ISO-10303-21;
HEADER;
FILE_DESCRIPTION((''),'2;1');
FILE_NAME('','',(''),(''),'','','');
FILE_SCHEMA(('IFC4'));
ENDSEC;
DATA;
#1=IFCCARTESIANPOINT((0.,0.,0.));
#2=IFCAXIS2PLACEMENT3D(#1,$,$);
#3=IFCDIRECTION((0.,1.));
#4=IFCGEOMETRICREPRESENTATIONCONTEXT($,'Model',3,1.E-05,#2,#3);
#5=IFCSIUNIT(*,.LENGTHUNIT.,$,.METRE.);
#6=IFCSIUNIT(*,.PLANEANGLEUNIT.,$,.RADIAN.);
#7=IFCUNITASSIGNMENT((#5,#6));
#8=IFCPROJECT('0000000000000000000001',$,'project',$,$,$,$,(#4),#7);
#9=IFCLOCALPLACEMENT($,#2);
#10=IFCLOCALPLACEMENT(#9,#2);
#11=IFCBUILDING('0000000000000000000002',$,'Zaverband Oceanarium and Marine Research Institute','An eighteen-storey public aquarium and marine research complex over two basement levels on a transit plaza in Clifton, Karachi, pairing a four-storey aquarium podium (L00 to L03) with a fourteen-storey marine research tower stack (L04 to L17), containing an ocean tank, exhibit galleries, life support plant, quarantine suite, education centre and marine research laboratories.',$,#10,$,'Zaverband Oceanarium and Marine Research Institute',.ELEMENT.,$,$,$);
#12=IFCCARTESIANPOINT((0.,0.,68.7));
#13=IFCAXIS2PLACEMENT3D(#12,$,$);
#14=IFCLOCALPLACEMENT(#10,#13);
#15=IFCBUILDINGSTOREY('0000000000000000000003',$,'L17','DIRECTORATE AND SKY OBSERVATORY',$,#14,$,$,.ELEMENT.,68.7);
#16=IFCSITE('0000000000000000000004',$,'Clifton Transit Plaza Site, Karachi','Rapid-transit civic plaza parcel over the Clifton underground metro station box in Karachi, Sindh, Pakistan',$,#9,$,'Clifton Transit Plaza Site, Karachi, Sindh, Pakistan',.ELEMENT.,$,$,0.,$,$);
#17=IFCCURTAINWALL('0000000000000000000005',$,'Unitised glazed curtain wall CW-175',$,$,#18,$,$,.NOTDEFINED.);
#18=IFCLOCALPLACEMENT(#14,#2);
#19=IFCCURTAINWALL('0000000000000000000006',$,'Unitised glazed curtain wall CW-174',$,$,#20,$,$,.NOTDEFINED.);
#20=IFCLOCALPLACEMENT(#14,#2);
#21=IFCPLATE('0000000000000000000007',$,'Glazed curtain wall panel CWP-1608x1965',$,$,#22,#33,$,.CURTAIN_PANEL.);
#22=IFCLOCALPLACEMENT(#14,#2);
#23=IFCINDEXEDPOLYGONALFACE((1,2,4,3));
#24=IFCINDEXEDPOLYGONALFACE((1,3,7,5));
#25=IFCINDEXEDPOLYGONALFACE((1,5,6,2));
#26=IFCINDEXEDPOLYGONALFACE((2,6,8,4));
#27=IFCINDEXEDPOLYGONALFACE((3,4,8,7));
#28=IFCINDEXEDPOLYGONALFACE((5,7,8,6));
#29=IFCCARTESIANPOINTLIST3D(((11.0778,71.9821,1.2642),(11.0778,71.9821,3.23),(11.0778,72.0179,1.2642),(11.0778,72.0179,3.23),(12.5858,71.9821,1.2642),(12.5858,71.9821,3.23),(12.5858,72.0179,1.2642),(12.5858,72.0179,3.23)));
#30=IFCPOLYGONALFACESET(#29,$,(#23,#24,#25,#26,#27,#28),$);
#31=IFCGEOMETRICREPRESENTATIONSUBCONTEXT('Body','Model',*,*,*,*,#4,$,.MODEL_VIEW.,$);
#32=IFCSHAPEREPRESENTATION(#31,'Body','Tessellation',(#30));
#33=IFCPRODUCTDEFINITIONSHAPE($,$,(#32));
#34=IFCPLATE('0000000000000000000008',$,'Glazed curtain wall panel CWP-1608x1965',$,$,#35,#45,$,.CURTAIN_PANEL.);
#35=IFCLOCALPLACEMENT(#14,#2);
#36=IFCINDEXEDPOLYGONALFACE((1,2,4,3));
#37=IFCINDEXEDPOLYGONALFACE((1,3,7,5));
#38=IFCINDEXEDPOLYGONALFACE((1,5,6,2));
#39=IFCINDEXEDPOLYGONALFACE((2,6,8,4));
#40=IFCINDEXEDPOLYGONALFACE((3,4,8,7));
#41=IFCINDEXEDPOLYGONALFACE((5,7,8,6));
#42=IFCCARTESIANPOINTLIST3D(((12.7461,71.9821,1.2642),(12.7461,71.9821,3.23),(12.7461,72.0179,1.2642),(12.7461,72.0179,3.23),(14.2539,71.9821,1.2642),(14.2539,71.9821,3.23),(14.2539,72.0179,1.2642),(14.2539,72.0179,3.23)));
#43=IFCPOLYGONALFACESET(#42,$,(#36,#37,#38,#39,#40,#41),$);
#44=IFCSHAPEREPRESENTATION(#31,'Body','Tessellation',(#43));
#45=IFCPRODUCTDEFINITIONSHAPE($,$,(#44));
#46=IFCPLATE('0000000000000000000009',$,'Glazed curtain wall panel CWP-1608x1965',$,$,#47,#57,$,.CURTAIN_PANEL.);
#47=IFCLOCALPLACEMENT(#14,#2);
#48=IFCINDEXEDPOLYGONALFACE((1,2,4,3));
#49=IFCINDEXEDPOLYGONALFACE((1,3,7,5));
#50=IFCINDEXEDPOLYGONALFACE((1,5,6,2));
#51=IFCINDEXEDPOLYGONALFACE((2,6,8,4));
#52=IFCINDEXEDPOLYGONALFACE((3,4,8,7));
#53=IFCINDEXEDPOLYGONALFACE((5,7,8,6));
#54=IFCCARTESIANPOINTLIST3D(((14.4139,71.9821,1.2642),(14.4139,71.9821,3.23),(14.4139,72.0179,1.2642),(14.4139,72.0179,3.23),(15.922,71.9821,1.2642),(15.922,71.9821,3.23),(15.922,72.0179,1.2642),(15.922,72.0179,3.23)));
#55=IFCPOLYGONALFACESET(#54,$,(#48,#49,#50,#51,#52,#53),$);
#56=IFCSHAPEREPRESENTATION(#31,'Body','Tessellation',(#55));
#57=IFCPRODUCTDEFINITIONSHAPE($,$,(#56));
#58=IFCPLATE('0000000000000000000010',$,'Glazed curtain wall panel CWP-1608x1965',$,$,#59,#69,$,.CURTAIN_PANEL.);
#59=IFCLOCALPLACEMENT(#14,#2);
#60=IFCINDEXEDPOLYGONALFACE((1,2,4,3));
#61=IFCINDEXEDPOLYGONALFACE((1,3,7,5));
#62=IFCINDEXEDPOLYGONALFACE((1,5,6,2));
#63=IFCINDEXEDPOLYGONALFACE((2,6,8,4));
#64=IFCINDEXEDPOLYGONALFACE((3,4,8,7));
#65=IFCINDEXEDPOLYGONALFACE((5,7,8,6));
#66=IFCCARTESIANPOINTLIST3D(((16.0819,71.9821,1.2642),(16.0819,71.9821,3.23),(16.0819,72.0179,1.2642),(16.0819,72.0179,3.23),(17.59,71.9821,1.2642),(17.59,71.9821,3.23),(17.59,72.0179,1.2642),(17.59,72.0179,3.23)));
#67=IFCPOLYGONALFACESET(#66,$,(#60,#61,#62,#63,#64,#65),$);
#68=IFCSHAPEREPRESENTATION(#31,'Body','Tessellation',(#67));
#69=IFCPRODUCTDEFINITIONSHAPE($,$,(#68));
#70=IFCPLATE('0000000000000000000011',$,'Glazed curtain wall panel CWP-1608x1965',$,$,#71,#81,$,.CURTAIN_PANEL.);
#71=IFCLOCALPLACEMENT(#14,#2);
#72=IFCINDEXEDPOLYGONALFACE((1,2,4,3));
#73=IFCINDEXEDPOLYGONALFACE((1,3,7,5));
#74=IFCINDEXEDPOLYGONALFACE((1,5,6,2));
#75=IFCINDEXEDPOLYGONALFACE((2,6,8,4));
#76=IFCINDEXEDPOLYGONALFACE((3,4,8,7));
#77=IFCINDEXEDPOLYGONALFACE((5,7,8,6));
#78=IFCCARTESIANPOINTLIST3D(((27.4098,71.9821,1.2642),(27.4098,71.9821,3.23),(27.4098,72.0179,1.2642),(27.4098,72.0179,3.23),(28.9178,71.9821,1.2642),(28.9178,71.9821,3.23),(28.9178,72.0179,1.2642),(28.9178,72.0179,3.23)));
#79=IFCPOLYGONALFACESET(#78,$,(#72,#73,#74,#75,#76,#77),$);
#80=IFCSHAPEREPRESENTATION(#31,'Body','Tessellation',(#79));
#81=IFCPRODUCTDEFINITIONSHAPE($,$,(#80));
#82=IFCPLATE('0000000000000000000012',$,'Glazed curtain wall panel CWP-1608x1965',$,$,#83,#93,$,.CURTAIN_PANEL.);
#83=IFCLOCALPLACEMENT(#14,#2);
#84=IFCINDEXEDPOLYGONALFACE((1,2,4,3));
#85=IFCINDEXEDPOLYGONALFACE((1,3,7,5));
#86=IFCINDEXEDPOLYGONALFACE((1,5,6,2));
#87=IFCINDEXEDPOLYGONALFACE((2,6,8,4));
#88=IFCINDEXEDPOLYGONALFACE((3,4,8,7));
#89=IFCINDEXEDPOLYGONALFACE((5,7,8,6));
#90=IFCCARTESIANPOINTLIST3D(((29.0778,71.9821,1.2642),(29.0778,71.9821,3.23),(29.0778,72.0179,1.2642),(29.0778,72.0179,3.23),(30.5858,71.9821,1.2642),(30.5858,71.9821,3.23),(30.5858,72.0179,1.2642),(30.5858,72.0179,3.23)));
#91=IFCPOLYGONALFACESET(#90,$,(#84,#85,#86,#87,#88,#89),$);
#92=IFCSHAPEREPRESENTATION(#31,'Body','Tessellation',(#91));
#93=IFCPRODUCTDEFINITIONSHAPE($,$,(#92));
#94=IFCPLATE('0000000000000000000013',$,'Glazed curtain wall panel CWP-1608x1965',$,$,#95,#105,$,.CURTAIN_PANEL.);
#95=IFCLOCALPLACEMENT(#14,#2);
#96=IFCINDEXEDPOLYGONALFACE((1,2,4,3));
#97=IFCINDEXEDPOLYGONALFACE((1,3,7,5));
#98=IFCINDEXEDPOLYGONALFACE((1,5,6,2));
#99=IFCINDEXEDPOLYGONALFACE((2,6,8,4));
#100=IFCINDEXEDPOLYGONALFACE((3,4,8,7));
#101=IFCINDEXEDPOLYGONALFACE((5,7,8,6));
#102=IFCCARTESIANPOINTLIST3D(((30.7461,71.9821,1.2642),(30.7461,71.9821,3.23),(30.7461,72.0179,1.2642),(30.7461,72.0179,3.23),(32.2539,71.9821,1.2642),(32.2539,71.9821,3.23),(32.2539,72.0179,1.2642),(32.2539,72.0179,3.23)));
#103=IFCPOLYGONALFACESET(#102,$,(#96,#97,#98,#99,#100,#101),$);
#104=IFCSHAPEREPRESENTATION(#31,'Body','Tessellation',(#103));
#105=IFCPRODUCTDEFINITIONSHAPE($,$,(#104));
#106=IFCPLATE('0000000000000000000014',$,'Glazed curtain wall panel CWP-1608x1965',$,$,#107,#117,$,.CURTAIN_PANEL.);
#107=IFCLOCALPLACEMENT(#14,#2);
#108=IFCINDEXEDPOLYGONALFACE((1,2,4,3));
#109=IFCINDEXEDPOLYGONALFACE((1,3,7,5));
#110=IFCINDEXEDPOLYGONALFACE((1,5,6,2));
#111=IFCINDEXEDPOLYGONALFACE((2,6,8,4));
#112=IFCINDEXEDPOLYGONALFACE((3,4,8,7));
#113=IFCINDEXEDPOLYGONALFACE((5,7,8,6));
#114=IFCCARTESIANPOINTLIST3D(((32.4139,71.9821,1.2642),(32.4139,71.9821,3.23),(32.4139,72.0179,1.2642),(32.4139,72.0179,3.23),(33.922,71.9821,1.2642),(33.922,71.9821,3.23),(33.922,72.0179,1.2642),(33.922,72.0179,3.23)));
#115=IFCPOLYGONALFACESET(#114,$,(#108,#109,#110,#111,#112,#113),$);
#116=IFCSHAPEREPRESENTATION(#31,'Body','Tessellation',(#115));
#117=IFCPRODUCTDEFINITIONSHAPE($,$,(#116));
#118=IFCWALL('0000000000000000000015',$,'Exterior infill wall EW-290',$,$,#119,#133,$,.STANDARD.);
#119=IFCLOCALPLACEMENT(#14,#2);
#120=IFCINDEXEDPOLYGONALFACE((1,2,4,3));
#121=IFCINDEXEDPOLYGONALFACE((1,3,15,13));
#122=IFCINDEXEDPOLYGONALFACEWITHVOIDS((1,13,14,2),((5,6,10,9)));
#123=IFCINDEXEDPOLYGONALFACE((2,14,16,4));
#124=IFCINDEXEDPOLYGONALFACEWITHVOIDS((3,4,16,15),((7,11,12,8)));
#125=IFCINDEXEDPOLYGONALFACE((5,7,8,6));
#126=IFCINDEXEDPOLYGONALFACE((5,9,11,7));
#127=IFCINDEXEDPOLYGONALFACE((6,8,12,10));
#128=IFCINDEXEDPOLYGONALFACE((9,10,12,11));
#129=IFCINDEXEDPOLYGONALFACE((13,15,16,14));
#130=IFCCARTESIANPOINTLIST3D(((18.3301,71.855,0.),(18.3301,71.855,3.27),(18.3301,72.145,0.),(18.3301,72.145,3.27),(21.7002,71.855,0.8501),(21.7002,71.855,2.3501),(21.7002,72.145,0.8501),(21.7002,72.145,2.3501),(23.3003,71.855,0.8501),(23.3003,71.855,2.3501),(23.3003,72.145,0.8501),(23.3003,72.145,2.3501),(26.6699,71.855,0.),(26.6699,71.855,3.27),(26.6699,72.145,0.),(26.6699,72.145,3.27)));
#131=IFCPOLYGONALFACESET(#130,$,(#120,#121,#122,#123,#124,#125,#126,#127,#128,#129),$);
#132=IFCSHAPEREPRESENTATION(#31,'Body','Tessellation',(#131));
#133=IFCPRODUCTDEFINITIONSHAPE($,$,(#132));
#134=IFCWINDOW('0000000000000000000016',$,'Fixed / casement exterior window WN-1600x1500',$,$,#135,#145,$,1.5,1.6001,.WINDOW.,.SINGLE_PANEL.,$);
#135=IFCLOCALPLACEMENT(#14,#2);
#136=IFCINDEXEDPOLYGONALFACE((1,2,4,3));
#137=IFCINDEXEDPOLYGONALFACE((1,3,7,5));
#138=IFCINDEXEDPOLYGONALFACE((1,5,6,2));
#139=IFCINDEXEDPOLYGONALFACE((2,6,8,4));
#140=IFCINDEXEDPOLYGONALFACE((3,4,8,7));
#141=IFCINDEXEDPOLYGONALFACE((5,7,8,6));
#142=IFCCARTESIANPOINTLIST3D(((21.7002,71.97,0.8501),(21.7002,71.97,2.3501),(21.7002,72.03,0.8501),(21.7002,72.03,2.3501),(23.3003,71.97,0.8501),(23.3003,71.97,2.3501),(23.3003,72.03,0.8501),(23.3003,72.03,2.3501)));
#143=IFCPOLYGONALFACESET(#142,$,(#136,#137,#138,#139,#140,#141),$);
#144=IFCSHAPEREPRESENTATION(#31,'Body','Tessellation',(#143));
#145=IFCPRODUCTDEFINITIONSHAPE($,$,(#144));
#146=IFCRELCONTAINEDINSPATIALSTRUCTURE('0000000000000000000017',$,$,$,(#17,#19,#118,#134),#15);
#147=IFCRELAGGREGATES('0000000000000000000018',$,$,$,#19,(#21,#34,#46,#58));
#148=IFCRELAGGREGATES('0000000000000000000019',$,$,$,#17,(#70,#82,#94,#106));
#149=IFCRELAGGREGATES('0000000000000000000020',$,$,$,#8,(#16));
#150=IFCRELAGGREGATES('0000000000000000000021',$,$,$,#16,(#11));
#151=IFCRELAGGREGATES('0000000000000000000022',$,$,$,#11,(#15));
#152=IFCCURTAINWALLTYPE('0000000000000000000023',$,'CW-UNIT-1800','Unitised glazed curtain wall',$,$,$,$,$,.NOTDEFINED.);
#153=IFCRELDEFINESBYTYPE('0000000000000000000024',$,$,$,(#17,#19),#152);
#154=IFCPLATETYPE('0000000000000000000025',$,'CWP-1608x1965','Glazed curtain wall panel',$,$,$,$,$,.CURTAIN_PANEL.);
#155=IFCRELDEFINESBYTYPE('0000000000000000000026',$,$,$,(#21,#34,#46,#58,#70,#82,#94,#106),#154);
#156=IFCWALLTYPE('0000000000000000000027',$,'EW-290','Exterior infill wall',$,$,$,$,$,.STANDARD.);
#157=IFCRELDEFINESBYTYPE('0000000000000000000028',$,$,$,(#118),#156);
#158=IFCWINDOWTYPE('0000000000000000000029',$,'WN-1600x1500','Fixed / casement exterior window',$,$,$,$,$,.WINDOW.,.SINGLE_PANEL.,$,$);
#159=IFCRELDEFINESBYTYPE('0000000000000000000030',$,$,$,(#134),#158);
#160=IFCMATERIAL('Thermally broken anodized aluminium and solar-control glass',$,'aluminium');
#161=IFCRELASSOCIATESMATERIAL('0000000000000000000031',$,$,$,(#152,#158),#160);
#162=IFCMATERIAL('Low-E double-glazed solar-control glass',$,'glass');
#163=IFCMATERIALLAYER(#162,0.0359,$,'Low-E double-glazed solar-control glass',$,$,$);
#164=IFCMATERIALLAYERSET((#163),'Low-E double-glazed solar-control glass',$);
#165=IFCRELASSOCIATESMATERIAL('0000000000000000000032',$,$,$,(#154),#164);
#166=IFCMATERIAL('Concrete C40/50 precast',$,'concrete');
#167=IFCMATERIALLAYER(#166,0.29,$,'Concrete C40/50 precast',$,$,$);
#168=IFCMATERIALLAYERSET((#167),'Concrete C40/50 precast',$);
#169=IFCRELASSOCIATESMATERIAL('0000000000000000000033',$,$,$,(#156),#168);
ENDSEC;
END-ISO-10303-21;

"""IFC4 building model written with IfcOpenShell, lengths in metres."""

from ifc_helpers import new_model, si_unit, direction, frame, frame_2d, origin, place, context, subcontext, project, spatial, rectangle, extrude, material, layer, layer_set, type_object, element, fill, aggregate, save


model = new_model("IFC4")

# Units and contexts
model_context = context("Model", 3, precision=1e-05, world=origin(), true_north=direction((0.0, 1.0)))
body_context = subcontext(model_context, "Body", "Model", "MODEL_VIEW")
ifc_project = project(units=[si_unit("LENGTHUNIT", "METRE"), si_unit("PLANEANGLEUNIT", "RADIAN")], contexts=[model_context])

# Site, building, storey
site_placement = place(None, origin())
site = spatial("IfcSite", under=ifc_project, at=site_placement, Name="Clifton Transit Plaza Site, Karachi", Description="Rapid-transit civic plaza parcel over the Clifton underground metro station box in Karachi, Sindh, Pakistan", LongName="Clifton Transit Plaza Site, Karachi, Sindh, Pakistan", CompositionType="ELEMENT", RefElevation=0.0)
building_placement = place(site_placement, origin())
building = spatial("IfcBuilding", under=site, at=building_placement, Name="Zaverband Oceanarium and Marine Research Institute", Description="An eighteen-storey public aquarium and marine research complex over two basement levels on a transit plaza in Clifton, Karachi, pairing a four-storey aquarium podium (L00 to L03) with a fourteen-storey marine research tower stack (L04 to L17), containing an ocean tank, exhibit galleries, life support plant, quarantine suite, education centre and marine research laboratories.", LongName="Zaverband Oceanarium and Marine Research Institute", CompositionType="ELEMENT")
storey_placement = place(building_placement, frame((0.0, 0.0, 68.7)))
storey = spatial("IfcBuildingStorey", under=building, at=storey_placement, Name="L17", Description="DIRECTORATE AND SKY OBSERVATORY", CompositionType="ELEMENT", Elevation=68.7)

# Curtain wall
ifc_material_1 = material(Name="Thermally broken anodized aluminium and solar-control glass", Category="aluminium")
curtain_wall_type = type_object("IfcCurtainWallType", Name="CW-UNIT-1800", Description="Unitised glazed curtain wall", PredefinedType="NOTDEFINED", material=ifc_material_1)
curtain_wall_1_placement = place(storey_placement, origin())
curtain_wall_1 = element("IfcCurtainWall", 1, at=curtain_wall_1_placement, inside=storey, type_object=curtain_wall_type, Name="Unitised glazed curtain wall CW-175", PredefinedType="NOTDEFINED")

# Curtain wall
curtain_wall_2_placement = place(storey_placement, origin())
curtain_wall_2 = element("IfcCurtainWall", 2, at=curtain_wall_2_placement, inside=storey, type_object=curtain_wall_type, Name="Unitised glazed curtain wall CW-174", PredefinedType="NOTDEFINED")
ifc_material_2 = material(Name="Low-E double-glazed solar-control glass", Category="glass")

# Plates
ifc_layer_1 = layer(ifc_material_2, 0.0359, Name="Low-E double-glazed solar-control glass")
ifc_layer_set_1 = layer_set([ifc_layer_1], Name="Low-E double-glazed solar-control glass")
plate_type_1 = type_object("IfcPlateType", Name="CWP-1608x1965", Description="Glazed curtain wall panel", PredefinedType="CURTAIN_PANEL", material=ifc_layer_set_1)
plate_1_placement = place(storey_placement, frame((11.0779, 72.0, 1.2642), z_axis=(0.0, 0.0, 1.0), x_axis=(1.0, 0.0, 0.0)))
plate_1 = element("IfcPlate", 3, at=plate_1_placement, type_object=plate_type_1, Name="Glazed curtain wall panel CWP-1608x1965", PredefinedType="CURTAIN_PANEL", context=body_context, shape_type="SweptSolid", body=[
    extrude(rectangle(XDim=1.5081, YDim=0.0359, at=frame_2d((0.7539, 0.0))), origin(), (0.0, 0.0, 1.0), 1.9658),
])
plate_2_placement = place(storey_placement, frame((12.7461, 72.0, 1.2642), z_axis=(0.0, 0.0, 1.0), x_axis=(1.0, 0.0, 0.0)))
plate_2 = element("IfcPlate", 4, at=plate_2_placement, type_object=plate_type_1, Name="Glazed curtain wall panel CWP-1608x1965", PredefinedType="CURTAIN_PANEL", context=body_context, shape_type="SweptSolid", body=[
    extrude(rectangle(XDim=1.5078, YDim=0.0359, at=frame_2d((0.7539, 0.0))), origin(), (0.0, 0.0, 1.0), 1.9658),
])
plate_3_placement = place(storey_placement, frame((14.4141, 72.0, 1.2642), z_axis=(0.0, 0.0, 1.0), x_axis=(1.0, 0.0, 0.0)))
plate_3 = element("IfcPlate", 5, at=plate_3_placement, type_object=plate_type_1, Name="Glazed curtain wall panel CWP-1608x1965", PredefinedType="CURTAIN_PANEL", context=body_context, shape_type="SweptSolid", body=[
    extrude(rectangle(XDim=1.5081, YDim=0.0359, at=frame_2d((0.7539, 0.0))), origin(), (0.0, 0.0, 1.0), 1.9658),
])
plate_4_placement = place(storey_placement, frame((16.082, 72.0, 1.2642), z_axis=(0.0, 0.0, 1.0), x_axis=(1.0, 0.0, 0.0)))
plate_4 = element("IfcPlate", 6, at=plate_4_placement, type_object=plate_type_1, Name="Glazed curtain wall panel CWP-1608x1965", PredefinedType="CURTAIN_PANEL", context=body_context, shape_type="SweptSolid", body=[
    extrude(rectangle(XDim=1.5081, YDim=0.0359, at=frame_2d((0.7539, 0.0))), origin(), (0.0, 0.0, 1.0), 1.9658),
])
aggregate(curtain_wall_2, [plate_1, plate_2, plate_3, plate_4])
plate_5_placement = place(storey_placement, frame((27.4099, 72.0, 1.2642), z_axis=(0.0, 0.0, 1.0), x_axis=(1.0, 0.0, 0.0)))
plate_5 = element("IfcPlate", 7, at=plate_5_placement, type_object=plate_type_1, Name="Glazed curtain wall panel CWP-1608x1965", PredefinedType="CURTAIN_PANEL", context=body_context, shape_type="SweptSolid", body=[
    extrude(rectangle(XDim=1.5081, YDim=0.0359, at=frame_2d((0.7539, 0.0))), origin(), (0.0, 0.0, 1.0), 1.9658),
])
plate_6_placement = place(storey_placement, frame((29.0779, 72.0, 1.2642), z_axis=(0.0, 0.0, 1.0), x_axis=(1.0, 0.0, 0.0)))
plate_6 = element("IfcPlate", 8, at=plate_6_placement, type_object=plate_type_1, Name="Glazed curtain wall panel CWP-1608x1965", PredefinedType="CURTAIN_PANEL", context=body_context, shape_type="SweptSolid", body=[
    extrude(rectangle(XDim=1.5081, YDim=0.0359, at=frame_2d((0.7539, 0.0))), origin(), (0.0, 0.0, 1.0), 1.9658),
])
plate_7_placement = place(storey_placement, frame((30.7461, 72.0, 1.2642), z_axis=(0.0, 0.0, 1.0), x_axis=(1.0, 0.0, 0.0)))
plate_7 = element("IfcPlate", 9, at=plate_7_placement, type_object=plate_type_1, Name="Glazed curtain wall panel CWP-1608x1965", PredefinedType="CURTAIN_PANEL", context=body_context, shape_type="SweptSolid", body=[
    extrude(rectangle(XDim=1.5078, YDim=0.0359, at=frame_2d((0.7539, 0.0))), origin(), (0.0, 0.0, 1.0), 1.9658),
])
plate_8_placement = place(storey_placement, frame((32.4141, 72.0, 1.2642), z_axis=(0.0, 0.0, 1.0), x_axis=(1.0, 0.0, 0.0)))
plate_8 = element("IfcPlate", 10, at=plate_8_placement, type_object=plate_type_1, Name="Glazed curtain wall panel CWP-1608x1965", PredefinedType="CURTAIN_PANEL", context=body_context, shape_type="SweptSolid", body=[
    extrude(rectangle(XDim=1.5081, YDim=0.0359, at=frame_2d((0.7539, 0.0))), origin(), (0.0, 0.0, 1.0), 1.9658),
])
aggregate(curtain_wall_1, [plate_5, plate_6, plate_7, plate_8])

# Wall, opening, window
ifc_material_3 = material(Name="Concrete C40/50 precast", Category="concrete")
ifc_layer_2 = layer(ifc_material_3, 0.29, Name="Concrete C40/50 precast")
ifc_layer_set_2 = layer_set([ifc_layer_2], Name="Concrete C40/50 precast")
wall_type = type_object("IfcWallType", Name="EW-290", Description="Exterior infill wall", PredefinedType="STANDARD", material=ifc_layer_set_2)
wall_placement = place(storey_placement, frame((18.3301, 72.0, 0.0), z_axis=(0.0, 0.0, 1.0), x_axis=(1.0, 0.0, 0.0)))
wall = element("IfcWall", 11, at=wall_placement, inside=storey, type_object=wall_type, Name="Exterior infill wall EW-290", PredefinedType="STANDARD", context=body_context, shape_type="SweptSolid", body=[
    extrude(rectangle(XDim=8.3398, YDim=0.29, at=frame_2d((4.1699, 0.0))), origin(), (0.0, 0.0, 1.0), 3.27),
])
opening_placement = place(wall_placement, frame((3.3701, 0.0, 0.8501)))
opening = element("IfcOpeningElement", 12, at=opening_placement, cuts=wall, PredefinedType="OPENING", context=body_context, shape_type="SweptSolid", body=[
    extrude(rectangle(XDim=1.6001, YDim=1.5, at=frame_2d((0.8, 0.75))), frame((0.0, 0.157, 0.0), z_axis=(0.0, -1.0, 0.0), x_axis=(1.0, 0.0, 0.0)), (0.0, 0.0, 1.0), 0.314),
])
window_type = type_object("IfcWindowType", Name="WN-1600x1500", Description="Fixed / casement exterior window", PartitioningType="SINGLE_PANEL", PredefinedType="WINDOW", material=ifc_material_1)
window_placement = place(opening_placement, origin())
window = element("IfcWindow", 13, at=window_placement, inside=storey, type_object=window_type, Name="Fixed / casement exterior window WN-1600x1500", OverallHeight=1.5, OverallWidth=1.6001, PartitioningType="SINGLE_PANEL", PredefinedType="WINDOW", context=body_context, shape_type="SweptSolid", body=[
    extrude(rectangle(XDim=1.6001, YDim=1.5, at=frame_2d((0.8, 0.75))), frame((0.0, 0.03, 0.0), z_axis=(0.0, -1.0, 0.0), x_axis=(1.0, 0.0, 0.0)), (0.0, 0.0, 1.0), 0.0601),
])
fill(opening, window)

save(model, "model.ifc")
